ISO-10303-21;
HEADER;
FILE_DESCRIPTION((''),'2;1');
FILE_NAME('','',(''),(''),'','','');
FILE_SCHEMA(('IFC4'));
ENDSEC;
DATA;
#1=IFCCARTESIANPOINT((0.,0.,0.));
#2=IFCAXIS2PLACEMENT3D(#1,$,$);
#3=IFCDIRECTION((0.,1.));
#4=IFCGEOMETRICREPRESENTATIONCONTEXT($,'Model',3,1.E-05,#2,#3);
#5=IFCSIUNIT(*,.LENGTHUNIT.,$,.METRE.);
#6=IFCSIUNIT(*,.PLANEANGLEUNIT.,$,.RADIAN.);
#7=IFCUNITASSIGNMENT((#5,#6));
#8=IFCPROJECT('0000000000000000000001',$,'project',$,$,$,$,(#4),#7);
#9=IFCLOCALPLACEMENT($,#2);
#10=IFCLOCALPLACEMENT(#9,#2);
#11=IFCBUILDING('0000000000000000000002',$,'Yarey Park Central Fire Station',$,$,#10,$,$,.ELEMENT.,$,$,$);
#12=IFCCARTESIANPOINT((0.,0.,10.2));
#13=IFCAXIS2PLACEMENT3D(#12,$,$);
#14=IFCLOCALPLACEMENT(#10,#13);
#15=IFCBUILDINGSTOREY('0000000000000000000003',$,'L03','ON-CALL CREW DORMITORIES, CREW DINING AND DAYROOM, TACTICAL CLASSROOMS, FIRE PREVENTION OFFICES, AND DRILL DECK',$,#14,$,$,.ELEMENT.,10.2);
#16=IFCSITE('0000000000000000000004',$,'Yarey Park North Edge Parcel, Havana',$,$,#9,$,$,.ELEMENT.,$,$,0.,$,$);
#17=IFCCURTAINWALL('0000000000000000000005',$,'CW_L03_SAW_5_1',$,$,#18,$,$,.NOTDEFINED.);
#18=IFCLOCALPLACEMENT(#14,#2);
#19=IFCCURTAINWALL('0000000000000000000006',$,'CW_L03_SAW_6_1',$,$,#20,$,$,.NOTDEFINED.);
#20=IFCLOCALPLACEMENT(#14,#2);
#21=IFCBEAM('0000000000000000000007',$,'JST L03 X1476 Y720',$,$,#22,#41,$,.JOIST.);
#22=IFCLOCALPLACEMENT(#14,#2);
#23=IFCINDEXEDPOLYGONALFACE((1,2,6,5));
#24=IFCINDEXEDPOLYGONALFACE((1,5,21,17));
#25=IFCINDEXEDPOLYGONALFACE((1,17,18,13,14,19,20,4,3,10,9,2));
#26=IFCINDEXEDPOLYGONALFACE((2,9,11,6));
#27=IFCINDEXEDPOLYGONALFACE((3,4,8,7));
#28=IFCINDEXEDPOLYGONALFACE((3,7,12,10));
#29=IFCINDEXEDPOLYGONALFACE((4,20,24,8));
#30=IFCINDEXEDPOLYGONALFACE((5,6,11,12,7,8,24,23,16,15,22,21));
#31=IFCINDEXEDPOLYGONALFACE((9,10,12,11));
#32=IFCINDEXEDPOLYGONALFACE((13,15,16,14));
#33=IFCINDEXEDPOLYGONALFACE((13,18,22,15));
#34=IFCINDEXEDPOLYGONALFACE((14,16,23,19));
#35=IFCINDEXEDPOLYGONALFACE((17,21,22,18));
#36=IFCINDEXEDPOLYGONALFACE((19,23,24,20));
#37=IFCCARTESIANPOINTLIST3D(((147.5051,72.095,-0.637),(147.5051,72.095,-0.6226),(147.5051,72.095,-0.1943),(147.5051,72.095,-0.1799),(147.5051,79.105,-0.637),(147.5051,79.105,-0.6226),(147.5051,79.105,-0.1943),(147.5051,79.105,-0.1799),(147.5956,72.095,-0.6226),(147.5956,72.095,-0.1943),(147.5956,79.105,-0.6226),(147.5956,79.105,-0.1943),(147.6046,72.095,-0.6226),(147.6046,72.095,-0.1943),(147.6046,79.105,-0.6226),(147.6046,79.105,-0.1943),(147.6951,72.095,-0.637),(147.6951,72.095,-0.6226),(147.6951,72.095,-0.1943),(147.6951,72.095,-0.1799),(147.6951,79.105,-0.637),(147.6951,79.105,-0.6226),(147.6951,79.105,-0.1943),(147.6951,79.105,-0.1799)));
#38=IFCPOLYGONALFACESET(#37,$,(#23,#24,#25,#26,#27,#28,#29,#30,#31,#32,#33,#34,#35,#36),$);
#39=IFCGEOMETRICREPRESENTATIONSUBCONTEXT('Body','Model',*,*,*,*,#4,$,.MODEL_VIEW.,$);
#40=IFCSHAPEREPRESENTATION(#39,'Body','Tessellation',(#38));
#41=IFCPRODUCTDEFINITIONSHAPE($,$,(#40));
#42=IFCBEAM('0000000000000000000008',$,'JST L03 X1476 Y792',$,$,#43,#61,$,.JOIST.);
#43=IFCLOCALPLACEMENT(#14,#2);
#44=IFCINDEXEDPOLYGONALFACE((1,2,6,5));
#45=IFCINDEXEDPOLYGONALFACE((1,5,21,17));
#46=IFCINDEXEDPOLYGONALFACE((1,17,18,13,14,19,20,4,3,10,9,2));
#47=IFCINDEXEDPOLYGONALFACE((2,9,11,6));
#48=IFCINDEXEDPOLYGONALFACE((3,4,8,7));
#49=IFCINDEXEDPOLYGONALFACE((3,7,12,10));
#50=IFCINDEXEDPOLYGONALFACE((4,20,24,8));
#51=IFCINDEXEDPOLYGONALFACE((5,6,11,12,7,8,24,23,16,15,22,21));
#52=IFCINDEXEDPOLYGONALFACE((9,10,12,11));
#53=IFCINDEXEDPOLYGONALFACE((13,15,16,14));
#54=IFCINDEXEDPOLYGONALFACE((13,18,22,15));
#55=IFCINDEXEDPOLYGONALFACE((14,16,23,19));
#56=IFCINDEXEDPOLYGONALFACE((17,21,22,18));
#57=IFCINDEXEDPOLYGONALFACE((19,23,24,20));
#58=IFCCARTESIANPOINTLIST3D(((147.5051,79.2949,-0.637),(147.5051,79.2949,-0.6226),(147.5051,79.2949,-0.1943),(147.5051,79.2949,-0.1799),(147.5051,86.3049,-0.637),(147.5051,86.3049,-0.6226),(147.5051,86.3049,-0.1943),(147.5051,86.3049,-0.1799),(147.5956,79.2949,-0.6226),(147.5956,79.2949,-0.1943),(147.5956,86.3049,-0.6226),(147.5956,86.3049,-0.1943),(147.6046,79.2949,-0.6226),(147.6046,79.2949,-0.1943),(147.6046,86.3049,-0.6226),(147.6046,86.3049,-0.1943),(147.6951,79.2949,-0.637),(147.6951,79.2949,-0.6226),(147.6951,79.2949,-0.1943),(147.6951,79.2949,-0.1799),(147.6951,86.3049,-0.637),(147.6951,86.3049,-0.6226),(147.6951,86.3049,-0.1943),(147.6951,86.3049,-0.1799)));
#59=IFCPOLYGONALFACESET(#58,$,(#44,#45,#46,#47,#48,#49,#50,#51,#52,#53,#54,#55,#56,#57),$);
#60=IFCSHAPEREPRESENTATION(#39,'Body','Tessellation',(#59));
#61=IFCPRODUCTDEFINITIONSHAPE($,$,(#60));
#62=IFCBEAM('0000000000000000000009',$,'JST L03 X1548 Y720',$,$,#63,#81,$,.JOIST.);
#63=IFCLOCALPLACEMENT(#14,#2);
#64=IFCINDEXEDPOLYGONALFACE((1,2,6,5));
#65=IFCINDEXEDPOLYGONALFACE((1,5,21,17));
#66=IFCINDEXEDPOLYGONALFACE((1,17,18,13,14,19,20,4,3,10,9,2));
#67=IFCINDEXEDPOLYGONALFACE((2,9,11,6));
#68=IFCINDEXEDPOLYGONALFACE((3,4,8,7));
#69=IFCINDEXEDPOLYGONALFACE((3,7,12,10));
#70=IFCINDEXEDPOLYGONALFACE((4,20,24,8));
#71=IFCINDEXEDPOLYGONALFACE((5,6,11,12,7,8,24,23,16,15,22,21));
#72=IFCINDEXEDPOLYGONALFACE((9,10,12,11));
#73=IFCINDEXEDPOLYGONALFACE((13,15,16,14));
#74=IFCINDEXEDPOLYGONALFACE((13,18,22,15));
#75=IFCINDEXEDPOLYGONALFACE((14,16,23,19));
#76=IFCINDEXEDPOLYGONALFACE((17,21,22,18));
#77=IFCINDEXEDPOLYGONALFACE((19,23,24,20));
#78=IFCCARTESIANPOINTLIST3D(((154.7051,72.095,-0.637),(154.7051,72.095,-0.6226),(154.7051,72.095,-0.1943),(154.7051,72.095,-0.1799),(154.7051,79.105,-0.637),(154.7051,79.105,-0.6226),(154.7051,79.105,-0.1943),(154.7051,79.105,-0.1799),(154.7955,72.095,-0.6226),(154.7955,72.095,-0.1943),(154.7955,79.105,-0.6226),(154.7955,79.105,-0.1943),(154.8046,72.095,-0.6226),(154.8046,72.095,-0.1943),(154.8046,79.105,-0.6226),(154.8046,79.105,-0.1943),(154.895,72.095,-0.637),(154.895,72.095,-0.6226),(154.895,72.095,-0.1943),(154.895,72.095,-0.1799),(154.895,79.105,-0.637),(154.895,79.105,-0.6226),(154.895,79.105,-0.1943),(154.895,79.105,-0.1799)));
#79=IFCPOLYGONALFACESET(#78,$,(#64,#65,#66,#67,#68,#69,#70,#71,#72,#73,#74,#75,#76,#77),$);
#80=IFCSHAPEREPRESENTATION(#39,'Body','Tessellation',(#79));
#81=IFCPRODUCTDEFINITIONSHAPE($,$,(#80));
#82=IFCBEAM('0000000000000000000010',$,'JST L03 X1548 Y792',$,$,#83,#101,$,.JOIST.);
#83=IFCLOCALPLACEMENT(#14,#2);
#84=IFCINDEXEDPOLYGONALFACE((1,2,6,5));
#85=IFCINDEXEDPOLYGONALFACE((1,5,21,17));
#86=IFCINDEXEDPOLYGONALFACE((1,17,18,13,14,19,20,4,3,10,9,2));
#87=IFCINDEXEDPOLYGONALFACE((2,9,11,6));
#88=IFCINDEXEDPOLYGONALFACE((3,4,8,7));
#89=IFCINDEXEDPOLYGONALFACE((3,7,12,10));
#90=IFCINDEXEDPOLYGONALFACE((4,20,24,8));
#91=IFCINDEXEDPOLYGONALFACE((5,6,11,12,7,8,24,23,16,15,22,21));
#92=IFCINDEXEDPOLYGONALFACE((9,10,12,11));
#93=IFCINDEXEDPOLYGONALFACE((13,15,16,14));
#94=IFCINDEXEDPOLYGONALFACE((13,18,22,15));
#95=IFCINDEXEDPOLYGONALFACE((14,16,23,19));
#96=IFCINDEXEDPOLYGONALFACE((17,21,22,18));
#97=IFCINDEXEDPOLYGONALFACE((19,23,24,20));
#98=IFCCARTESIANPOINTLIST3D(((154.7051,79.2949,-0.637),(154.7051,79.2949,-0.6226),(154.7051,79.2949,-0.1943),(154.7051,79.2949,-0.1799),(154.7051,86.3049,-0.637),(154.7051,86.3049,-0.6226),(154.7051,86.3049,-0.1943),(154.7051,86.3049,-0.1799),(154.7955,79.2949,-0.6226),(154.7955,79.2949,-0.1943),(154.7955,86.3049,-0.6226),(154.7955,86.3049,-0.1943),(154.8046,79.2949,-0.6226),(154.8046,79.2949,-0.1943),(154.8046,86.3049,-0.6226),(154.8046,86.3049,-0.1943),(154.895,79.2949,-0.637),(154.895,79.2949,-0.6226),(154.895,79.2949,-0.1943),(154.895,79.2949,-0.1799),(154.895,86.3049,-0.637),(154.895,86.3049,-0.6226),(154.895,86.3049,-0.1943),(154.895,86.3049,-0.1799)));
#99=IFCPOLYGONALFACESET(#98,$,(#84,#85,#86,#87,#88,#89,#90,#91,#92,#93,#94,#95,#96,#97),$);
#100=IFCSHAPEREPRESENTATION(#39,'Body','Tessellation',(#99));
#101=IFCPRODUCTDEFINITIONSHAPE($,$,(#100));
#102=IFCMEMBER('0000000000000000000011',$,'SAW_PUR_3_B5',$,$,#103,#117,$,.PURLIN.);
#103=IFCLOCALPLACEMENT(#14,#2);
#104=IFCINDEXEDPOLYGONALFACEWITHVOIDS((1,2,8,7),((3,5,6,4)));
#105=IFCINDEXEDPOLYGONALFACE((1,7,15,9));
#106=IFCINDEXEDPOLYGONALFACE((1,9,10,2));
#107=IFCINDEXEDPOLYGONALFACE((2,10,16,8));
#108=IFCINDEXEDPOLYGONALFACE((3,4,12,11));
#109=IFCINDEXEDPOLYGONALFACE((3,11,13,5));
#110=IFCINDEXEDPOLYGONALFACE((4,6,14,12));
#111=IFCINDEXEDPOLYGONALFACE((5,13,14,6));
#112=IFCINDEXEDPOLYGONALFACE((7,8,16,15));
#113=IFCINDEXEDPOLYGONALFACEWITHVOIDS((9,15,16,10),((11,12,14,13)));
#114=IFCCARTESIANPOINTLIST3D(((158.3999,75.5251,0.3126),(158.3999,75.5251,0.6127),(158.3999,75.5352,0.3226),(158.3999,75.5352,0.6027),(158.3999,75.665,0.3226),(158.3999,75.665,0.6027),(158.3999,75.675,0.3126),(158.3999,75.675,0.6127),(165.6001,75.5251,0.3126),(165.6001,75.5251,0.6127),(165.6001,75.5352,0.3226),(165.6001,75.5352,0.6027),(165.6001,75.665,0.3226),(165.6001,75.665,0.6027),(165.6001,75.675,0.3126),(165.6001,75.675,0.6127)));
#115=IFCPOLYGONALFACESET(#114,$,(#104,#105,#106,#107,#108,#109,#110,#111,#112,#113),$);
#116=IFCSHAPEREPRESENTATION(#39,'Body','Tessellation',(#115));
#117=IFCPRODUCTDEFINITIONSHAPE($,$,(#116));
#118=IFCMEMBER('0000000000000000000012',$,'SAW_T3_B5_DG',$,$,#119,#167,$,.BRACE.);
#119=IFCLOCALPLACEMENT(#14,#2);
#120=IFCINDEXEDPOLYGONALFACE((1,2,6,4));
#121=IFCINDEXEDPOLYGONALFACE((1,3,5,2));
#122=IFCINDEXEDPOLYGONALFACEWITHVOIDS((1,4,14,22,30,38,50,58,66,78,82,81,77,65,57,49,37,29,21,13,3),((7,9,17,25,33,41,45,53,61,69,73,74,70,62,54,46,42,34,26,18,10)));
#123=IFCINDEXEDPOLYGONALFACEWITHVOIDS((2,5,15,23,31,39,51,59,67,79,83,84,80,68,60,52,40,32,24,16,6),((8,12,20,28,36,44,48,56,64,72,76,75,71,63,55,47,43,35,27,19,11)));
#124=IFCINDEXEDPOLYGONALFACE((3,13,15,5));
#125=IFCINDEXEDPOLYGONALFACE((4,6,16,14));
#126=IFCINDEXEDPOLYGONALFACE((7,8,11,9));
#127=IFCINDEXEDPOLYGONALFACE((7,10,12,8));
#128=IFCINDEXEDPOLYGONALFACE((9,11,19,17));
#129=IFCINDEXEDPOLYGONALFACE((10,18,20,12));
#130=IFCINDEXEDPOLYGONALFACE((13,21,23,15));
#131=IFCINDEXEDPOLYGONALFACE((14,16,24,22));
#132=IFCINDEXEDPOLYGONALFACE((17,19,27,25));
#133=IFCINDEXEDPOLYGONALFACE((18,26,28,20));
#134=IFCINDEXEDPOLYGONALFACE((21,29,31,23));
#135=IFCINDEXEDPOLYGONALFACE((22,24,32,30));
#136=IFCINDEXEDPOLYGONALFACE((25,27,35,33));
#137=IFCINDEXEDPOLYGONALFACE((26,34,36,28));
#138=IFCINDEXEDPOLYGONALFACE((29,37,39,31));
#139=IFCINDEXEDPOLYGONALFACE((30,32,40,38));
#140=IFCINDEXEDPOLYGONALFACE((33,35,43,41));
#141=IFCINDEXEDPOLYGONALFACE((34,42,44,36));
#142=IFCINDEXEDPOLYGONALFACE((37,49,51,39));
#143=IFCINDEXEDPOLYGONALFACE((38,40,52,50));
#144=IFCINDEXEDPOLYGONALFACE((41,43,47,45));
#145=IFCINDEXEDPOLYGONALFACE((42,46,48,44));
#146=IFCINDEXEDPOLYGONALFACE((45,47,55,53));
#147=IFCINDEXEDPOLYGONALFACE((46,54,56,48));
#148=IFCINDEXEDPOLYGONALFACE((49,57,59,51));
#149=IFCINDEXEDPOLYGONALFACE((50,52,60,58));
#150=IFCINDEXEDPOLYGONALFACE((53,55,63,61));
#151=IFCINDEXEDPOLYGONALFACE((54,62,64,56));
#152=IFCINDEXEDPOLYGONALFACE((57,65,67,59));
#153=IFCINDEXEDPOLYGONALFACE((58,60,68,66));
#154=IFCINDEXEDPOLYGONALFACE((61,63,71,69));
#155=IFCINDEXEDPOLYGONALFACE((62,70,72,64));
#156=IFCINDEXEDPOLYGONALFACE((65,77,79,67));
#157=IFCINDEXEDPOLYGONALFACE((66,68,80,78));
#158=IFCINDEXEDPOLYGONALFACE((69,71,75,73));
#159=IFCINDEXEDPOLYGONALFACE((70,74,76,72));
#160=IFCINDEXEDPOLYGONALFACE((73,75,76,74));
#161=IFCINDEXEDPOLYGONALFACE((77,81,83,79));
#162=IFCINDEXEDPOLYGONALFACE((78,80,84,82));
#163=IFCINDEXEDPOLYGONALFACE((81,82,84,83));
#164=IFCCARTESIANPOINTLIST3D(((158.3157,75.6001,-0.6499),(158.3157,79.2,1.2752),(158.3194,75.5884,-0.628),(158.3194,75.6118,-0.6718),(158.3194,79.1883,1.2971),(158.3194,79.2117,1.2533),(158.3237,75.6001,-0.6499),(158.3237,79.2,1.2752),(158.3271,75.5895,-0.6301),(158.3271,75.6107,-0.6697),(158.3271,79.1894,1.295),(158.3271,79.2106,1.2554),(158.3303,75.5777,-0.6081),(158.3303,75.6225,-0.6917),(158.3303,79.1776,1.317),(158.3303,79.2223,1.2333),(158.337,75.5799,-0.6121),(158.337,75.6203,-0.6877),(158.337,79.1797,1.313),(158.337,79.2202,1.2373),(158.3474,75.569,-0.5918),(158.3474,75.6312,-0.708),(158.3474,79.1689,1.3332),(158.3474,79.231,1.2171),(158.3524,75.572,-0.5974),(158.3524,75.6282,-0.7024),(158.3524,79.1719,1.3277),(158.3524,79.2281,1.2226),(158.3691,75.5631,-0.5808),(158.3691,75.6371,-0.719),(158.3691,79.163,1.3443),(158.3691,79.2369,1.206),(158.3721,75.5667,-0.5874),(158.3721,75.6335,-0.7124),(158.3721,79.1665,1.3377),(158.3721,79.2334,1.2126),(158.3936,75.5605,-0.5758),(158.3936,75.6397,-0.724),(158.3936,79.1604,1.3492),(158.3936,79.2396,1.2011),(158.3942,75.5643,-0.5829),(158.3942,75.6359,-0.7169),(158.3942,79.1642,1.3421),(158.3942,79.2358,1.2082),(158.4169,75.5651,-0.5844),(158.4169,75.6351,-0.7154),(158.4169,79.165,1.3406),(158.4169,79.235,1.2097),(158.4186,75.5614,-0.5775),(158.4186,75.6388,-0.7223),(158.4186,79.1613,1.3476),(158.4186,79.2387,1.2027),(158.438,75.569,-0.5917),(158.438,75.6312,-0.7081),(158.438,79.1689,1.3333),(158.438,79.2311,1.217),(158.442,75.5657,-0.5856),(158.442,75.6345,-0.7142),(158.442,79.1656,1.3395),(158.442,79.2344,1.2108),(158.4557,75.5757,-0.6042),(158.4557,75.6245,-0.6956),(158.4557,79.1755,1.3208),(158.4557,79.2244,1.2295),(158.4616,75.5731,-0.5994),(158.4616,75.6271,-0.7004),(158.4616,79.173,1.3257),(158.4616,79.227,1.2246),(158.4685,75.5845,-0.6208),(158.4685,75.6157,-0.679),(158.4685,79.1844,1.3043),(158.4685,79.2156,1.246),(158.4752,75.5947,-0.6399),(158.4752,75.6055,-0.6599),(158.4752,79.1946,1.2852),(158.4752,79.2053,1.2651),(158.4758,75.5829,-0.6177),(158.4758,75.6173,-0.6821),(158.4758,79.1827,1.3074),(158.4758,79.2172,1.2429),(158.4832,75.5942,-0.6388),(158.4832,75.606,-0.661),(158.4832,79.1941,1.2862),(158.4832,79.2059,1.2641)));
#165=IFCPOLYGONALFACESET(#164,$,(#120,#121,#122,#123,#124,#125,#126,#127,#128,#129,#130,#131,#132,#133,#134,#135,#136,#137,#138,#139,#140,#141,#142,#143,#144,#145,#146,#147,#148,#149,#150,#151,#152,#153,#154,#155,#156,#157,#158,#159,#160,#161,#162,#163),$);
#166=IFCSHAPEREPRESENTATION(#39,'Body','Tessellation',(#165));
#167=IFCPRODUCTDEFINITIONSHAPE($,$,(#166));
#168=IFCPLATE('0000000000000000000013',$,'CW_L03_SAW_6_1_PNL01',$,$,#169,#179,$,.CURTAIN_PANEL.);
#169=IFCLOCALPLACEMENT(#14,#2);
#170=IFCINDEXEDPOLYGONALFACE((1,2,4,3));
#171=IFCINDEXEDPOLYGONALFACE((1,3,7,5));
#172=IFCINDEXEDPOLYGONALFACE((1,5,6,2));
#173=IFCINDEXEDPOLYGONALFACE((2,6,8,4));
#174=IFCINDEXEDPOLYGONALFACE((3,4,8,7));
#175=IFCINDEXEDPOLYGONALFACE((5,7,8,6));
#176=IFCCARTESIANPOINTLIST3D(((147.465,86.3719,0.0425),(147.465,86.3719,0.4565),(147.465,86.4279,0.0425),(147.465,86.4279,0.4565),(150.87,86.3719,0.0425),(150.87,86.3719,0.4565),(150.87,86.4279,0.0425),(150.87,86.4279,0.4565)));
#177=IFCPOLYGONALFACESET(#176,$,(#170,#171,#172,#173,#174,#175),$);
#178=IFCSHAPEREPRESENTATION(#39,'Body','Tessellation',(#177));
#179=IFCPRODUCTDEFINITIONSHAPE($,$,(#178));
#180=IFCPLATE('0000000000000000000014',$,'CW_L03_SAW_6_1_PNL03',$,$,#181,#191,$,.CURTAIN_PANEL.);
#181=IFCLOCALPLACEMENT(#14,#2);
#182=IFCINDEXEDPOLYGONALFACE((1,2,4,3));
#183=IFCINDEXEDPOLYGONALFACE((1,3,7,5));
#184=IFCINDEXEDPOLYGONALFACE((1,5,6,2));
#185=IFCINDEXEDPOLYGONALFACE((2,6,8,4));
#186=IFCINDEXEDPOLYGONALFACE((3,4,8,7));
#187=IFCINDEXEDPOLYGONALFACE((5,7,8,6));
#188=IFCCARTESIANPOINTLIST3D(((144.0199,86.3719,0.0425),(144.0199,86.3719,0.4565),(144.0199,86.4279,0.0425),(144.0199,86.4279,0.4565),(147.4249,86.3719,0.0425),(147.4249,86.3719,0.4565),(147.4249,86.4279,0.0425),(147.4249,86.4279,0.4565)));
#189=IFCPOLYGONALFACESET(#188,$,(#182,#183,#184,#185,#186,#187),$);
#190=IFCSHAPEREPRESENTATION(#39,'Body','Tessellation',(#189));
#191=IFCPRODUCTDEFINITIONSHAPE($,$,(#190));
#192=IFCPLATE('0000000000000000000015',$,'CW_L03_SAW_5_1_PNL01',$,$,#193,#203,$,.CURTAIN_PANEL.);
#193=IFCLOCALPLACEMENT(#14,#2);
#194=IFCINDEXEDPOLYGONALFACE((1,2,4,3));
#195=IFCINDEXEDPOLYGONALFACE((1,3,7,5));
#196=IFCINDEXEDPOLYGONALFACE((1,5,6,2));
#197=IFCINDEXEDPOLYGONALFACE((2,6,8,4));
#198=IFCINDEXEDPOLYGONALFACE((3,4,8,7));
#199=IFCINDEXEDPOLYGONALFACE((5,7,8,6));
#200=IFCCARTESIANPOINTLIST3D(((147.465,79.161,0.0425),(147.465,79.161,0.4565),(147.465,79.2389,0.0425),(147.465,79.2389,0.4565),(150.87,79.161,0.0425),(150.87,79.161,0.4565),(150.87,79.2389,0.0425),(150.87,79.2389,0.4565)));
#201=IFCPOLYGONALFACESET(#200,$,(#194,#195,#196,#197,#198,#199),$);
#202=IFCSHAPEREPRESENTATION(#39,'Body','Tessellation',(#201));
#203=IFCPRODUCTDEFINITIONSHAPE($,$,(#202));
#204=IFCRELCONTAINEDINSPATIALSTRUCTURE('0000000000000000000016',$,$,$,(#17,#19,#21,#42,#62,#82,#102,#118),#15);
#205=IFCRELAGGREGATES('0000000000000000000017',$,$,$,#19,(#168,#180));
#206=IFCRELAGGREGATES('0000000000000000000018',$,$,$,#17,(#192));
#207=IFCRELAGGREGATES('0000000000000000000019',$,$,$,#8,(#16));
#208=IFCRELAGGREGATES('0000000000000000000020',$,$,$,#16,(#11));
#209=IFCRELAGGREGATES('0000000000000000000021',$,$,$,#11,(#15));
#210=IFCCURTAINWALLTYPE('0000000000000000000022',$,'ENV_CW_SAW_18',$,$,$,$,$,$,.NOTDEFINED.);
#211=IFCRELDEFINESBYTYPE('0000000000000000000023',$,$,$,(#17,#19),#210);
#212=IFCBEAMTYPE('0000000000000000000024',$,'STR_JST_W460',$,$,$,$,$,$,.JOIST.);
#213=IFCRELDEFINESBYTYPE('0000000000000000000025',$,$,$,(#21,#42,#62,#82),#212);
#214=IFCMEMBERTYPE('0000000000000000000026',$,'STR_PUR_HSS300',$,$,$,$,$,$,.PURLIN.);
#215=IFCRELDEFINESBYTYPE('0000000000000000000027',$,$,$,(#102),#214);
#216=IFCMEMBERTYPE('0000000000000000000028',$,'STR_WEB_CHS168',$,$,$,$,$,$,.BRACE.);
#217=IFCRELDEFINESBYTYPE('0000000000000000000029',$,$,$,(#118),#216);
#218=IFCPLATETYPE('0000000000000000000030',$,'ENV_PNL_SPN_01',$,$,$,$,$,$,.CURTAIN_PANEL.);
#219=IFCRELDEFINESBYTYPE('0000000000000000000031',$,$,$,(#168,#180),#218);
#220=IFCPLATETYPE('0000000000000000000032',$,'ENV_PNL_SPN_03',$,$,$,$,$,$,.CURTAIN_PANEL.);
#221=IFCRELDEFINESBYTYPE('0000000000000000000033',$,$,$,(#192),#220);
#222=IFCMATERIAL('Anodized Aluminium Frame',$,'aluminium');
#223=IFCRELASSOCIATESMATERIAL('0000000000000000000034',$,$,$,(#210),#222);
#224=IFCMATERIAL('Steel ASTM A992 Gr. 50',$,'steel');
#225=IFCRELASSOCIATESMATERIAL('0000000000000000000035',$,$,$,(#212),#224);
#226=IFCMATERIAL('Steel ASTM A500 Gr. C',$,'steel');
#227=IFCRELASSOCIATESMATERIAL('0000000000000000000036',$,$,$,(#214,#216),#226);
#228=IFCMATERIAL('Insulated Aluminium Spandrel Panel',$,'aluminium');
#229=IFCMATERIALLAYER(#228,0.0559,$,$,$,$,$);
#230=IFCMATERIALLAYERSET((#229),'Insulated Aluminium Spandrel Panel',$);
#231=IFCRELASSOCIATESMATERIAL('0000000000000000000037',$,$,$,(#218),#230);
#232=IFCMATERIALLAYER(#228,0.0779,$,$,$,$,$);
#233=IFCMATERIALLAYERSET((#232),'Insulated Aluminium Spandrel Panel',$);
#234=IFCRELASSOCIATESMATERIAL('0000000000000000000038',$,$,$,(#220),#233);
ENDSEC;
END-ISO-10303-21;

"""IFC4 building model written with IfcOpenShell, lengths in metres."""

from ifc_helpers import new_model, si_unit, direction, frame, origin, origin_2d, place, context, subcontext, project, spatial, rectangle, hollow_rectangle, hollow_circle, i_section, extrude, material, layer, layer_set, material_profile, profile_set, type_object, element, aggregate, save


model = new_model("IFC4")

# Units and contexts
model_context = context("Model", 3, precision=1e-05, world=origin(), true_north=direction((0.0, 1.0)))
body_context = subcontext(model_context, "Body", "Model", "MODEL_VIEW")
ifc_project = project(units=[si_unit("LENGTHUNIT", "METRE"), si_unit("PLANEANGLEUNIT", "RADIAN")], contexts=[model_context])

# Site, building, storey
site_placement = place(None, origin())
site = spatial("IfcSite", under=ifc_project, at=site_placement, Name="Yarey Park North Edge Parcel, Havana", CompositionType="ELEMENT", RefElevation=0.0)
building_placement = place(site_placement, origin())
building = spatial("IfcBuilding", under=site, at=building_placement, Name="Yarey Park Central Fire Station", CompositionType="ELEMENT")
storey_placement = place(building_placement, frame((0.0, 0.0, 10.2)))
storey = spatial("IfcBuildingStorey", under=building, at=storey_placement, Name="L03", Description="ON-CALL CREW DORMITORIES, CREW DINING AND DAYROOM, TACTICAL CLASSROOMS, FIRE PREVENTION OFFICES, AND DRILL DECK", CompositionType="ELEMENT", Elevation=10.2)

# Curtain walls
ifc_material_1 = material(Name="Anodized Aluminium Frame", Category="aluminium")
curtain_wall_type = type_object("IfcCurtainWallType", Name="ENV_CW_SAW_18", PredefinedType="NOTDEFINED", material=ifc_material_1)
curtain_wall_1_placement = place(storey_placement, origin())
curtain_wall_1 = element("IfcCurtainWall", 1, at=curtain_wall_1_placement, inside=storey, type_object=curtain_wall_type, Name="CW_L03_SAW_5_1", PredefinedType="NOTDEFINED")
curtain_wall_2_placement = place(storey_placement, origin())
curtain_wall_2 = element("IfcCurtainWall", 2, at=curtain_wall_2_placement, inside=storey, type_object=curtain_wall_type, Name="CW_L03_SAW_6_1", PredefinedType="NOTDEFINED")

# Beams
ifc_material_2 = material(Name="Steel ASTM A992 Gr. 50", Category="steel")
ifc_material_profile_1 = material_profile(ifc_material_2, i_section(OverallWidth=0.1899, OverallDepth=0.457, WebThickness=0.009, FlangeThickness=0.0144, at=origin_2d()), Name="W460x74")
ifc_profile_set_1 = profile_set([ifc_material_profile_1], Name="Steel ASTM A992 Gr. 50")
beam_type = type_object("IfcBeamType", Name="STR_JST_W460", PredefinedType="JOIST", material=ifc_profile_set_1)
for number, where, z_axis, x_axis, name in (
    (3, (147.6001, 72.095, -0.4084), (0.0, 1.0, 0.0), (-1.0, 0.0, 0.0), "JST L03 X1476 Y720"),
    (4, (147.6001, 79.2949, -0.4084), (0.0, 1.0, 0.0), (-1.0, 0.0, 0.0), "JST L03 X1476 Y792"),
    (5, (154.8, 72.095, -0.4084), (0.0, 1.0, 0.0), (-1.0, 0.0, 0.0), "JST L03 X1548 Y720"),
    (6, (154.8, 79.2949, -0.4084), (0.0, 1.0, 0.0), (-1.0, 0.0, 0.0), "JST L03 X1548 Y792"),
):
    element("IfcBeam", number, at=place(storey_placement, frame(where, z_axis=z_axis, x_axis=x_axis)), inside=storey, type_object=beam_type, Name=name, PredefinedType="JOIST", context=body_context, shape_type="SweptSolid", body=[
        extrude(i_section(OverallWidth=0.1899, OverallDepth=0.457, WebThickness=0.009, FlangeThickness=0.0144, at=origin_2d()), origin(), (0.0, 0.0, 1.0), 7.01),
    ])

# Members
ifc_material_3 = material(Name="Steel ASTM A500 Gr. C", Category="steel")
ifc_material_profile_2 = material_profile(ifc_material_3, hollow_rectangle(XDim=0.1499, YDim=0.3, WallThickness=0.01, at=origin_2d()), Name="HSS 300x150x10")
ifc_profile_set_2 = profile_set([ifc_material_profile_2], Name="Steel ASTM A500 Gr. C")
member_type_1 = type_object("IfcMemberType", Name="STR_PUR_HSS300", PredefinedType="PURLIN", material=ifc_profile_set_2)
member_1_placement = place(storey_placement, frame((158.3999, 75.6001, 0.4626), z_axis=(1.0, 0.0, 0.0), x_axis=(0.0, 1.0, 0.0)))
element("IfcMember", 7, at=member_1_placement, inside=storey, type_object=member_type_1, Name="SAW_PUR_3_B5", PredefinedType="PURLIN", context=body_context, shape_type="SweptSolid", body=[
    extrude(hollow_rectangle(XDim=0.1499, YDim=0.3, WallThickness=0.01, at=origin_2d()), origin(), (0.0, 0.0, 1.0), 7.2002),
])
ifc_material_profile_3 = material_profile(ifc_material_3, hollow_circle(Radius=0.0842, WallThickness=0.0081, at=origin_2d()), Name="CHS 168.3x8")
ifc_profile_set_3 = profile_set([ifc_material_profile_3], Name="Steel ASTM A500 Gr. C")
member_type_2 = type_object("IfcMemberType", Name="STR_WEB_CHS168", PredefinedType="BRACE", material=ifc_profile_set_3)
member_2_placement = place(storey_placement, frame((158.3999, 75.6001, -0.6499), z_axis=(0.0, 0.881831, 0.471566), x_axis=(-1.0, 0.0, 0.0)))
element("IfcMember", 8, at=member_2_placement, inside=storey, type_object=member_type_2, Name="SAW_T3_B5_DG", PredefinedType="BRACE", context=body_context, shape_type="SweptSolid", body=[
    extrude(hollow_circle(Radius=0.0842, WallThickness=0.0081, at=origin_2d()), origin(), (0.0, 0.0, 1.0), 4.0823),
])

# Plates
ifc_material_4 = material(Name="Insulated Aluminium Spandrel Panel", Category="aluminium")
ifc_layer_1 = layer(ifc_material_4, 0.0559)
ifc_layer_set_1 = layer_set([ifc_layer_1], Name="Insulated Aluminium Spandrel Panel")
plate_type_1 = type_object("IfcPlateType", Name="ENV_PNL_SPN_01", PredefinedType="CURTAIN_PANEL", material=ifc_layer_set_1)
plate_1_placement = place(storey_placement, frame((149.1675, 86.3999, 0.0425), z_axis=(0.0, 0.0, 1.0), x_axis=(-1.0, 0.0, 0.0)))
plate_1 = element("IfcPlate", 9, at=plate_1_placement, type_object=plate_type_1, Name="CW_L03_SAW_6_1_PNL01", PredefinedType="CURTAIN_PANEL", context=body_context, shape_type="SweptSolid", body=[
    extrude(rectangle(XDim=3.405, YDim=0.0559, at=origin_2d()), origin(), (0.0, 0.0, 1.0), 0.4141),
])
plate_2_placement = place(storey_placement, frame((145.7224, 86.3999, 0.0425), z_axis=(0.0, 0.0, 1.0), x_axis=(-1.0, 0.0, 0.0)))
plate_2 = element("IfcPlate", 10, at=plate_2_placement, type_object=plate_type_1, Name="CW_L03_SAW_6_1_PNL03", PredefinedType="CURTAIN_PANEL", context=body_context, shape_type="SweptSolid", body=[
    extrude(rectangle(XDim=3.405, YDim=0.0559, at=origin_2d()), origin(), (0.0, 0.0, 1.0), 0.4141),
])
ifc_layer_2 = layer(ifc_material_4, 0.0779)
ifc_layer_set_2 = layer_set([ifc_layer_2], Name="Insulated Aluminium Spandrel Panel")
plate_type_2 = type_object("IfcPlateType", Name="ENV_PNL_SPN_03", PredefinedType="CURTAIN_PANEL", material=ifc_layer_set_2)
plate_3_placement = place(storey_placement, frame((149.1675, 79.2, 0.0425), z_axis=(0.0, 0.0, 1.0), x_axis=(-1.0, 0.0, 0.0)))
plate_3 = element("IfcPlate", 11, at=plate_3_placement, type_object=plate_type_2, Name="CW_L03_SAW_5_1_PNL01", PredefinedType="CURTAIN_PANEL", context=body_context, shape_type="SweptSolid", body=[
    extrude(rectangle(XDim=3.405, YDim=0.0779, at=origin_2d()), origin(), (0.0, 0.0, 1.0), 0.4141),
])
aggregate(curtain_wall_2, [plate_1, plate_2])
aggregate(curtain_wall_1, [plate_3])

save(model, "model.ifc")
